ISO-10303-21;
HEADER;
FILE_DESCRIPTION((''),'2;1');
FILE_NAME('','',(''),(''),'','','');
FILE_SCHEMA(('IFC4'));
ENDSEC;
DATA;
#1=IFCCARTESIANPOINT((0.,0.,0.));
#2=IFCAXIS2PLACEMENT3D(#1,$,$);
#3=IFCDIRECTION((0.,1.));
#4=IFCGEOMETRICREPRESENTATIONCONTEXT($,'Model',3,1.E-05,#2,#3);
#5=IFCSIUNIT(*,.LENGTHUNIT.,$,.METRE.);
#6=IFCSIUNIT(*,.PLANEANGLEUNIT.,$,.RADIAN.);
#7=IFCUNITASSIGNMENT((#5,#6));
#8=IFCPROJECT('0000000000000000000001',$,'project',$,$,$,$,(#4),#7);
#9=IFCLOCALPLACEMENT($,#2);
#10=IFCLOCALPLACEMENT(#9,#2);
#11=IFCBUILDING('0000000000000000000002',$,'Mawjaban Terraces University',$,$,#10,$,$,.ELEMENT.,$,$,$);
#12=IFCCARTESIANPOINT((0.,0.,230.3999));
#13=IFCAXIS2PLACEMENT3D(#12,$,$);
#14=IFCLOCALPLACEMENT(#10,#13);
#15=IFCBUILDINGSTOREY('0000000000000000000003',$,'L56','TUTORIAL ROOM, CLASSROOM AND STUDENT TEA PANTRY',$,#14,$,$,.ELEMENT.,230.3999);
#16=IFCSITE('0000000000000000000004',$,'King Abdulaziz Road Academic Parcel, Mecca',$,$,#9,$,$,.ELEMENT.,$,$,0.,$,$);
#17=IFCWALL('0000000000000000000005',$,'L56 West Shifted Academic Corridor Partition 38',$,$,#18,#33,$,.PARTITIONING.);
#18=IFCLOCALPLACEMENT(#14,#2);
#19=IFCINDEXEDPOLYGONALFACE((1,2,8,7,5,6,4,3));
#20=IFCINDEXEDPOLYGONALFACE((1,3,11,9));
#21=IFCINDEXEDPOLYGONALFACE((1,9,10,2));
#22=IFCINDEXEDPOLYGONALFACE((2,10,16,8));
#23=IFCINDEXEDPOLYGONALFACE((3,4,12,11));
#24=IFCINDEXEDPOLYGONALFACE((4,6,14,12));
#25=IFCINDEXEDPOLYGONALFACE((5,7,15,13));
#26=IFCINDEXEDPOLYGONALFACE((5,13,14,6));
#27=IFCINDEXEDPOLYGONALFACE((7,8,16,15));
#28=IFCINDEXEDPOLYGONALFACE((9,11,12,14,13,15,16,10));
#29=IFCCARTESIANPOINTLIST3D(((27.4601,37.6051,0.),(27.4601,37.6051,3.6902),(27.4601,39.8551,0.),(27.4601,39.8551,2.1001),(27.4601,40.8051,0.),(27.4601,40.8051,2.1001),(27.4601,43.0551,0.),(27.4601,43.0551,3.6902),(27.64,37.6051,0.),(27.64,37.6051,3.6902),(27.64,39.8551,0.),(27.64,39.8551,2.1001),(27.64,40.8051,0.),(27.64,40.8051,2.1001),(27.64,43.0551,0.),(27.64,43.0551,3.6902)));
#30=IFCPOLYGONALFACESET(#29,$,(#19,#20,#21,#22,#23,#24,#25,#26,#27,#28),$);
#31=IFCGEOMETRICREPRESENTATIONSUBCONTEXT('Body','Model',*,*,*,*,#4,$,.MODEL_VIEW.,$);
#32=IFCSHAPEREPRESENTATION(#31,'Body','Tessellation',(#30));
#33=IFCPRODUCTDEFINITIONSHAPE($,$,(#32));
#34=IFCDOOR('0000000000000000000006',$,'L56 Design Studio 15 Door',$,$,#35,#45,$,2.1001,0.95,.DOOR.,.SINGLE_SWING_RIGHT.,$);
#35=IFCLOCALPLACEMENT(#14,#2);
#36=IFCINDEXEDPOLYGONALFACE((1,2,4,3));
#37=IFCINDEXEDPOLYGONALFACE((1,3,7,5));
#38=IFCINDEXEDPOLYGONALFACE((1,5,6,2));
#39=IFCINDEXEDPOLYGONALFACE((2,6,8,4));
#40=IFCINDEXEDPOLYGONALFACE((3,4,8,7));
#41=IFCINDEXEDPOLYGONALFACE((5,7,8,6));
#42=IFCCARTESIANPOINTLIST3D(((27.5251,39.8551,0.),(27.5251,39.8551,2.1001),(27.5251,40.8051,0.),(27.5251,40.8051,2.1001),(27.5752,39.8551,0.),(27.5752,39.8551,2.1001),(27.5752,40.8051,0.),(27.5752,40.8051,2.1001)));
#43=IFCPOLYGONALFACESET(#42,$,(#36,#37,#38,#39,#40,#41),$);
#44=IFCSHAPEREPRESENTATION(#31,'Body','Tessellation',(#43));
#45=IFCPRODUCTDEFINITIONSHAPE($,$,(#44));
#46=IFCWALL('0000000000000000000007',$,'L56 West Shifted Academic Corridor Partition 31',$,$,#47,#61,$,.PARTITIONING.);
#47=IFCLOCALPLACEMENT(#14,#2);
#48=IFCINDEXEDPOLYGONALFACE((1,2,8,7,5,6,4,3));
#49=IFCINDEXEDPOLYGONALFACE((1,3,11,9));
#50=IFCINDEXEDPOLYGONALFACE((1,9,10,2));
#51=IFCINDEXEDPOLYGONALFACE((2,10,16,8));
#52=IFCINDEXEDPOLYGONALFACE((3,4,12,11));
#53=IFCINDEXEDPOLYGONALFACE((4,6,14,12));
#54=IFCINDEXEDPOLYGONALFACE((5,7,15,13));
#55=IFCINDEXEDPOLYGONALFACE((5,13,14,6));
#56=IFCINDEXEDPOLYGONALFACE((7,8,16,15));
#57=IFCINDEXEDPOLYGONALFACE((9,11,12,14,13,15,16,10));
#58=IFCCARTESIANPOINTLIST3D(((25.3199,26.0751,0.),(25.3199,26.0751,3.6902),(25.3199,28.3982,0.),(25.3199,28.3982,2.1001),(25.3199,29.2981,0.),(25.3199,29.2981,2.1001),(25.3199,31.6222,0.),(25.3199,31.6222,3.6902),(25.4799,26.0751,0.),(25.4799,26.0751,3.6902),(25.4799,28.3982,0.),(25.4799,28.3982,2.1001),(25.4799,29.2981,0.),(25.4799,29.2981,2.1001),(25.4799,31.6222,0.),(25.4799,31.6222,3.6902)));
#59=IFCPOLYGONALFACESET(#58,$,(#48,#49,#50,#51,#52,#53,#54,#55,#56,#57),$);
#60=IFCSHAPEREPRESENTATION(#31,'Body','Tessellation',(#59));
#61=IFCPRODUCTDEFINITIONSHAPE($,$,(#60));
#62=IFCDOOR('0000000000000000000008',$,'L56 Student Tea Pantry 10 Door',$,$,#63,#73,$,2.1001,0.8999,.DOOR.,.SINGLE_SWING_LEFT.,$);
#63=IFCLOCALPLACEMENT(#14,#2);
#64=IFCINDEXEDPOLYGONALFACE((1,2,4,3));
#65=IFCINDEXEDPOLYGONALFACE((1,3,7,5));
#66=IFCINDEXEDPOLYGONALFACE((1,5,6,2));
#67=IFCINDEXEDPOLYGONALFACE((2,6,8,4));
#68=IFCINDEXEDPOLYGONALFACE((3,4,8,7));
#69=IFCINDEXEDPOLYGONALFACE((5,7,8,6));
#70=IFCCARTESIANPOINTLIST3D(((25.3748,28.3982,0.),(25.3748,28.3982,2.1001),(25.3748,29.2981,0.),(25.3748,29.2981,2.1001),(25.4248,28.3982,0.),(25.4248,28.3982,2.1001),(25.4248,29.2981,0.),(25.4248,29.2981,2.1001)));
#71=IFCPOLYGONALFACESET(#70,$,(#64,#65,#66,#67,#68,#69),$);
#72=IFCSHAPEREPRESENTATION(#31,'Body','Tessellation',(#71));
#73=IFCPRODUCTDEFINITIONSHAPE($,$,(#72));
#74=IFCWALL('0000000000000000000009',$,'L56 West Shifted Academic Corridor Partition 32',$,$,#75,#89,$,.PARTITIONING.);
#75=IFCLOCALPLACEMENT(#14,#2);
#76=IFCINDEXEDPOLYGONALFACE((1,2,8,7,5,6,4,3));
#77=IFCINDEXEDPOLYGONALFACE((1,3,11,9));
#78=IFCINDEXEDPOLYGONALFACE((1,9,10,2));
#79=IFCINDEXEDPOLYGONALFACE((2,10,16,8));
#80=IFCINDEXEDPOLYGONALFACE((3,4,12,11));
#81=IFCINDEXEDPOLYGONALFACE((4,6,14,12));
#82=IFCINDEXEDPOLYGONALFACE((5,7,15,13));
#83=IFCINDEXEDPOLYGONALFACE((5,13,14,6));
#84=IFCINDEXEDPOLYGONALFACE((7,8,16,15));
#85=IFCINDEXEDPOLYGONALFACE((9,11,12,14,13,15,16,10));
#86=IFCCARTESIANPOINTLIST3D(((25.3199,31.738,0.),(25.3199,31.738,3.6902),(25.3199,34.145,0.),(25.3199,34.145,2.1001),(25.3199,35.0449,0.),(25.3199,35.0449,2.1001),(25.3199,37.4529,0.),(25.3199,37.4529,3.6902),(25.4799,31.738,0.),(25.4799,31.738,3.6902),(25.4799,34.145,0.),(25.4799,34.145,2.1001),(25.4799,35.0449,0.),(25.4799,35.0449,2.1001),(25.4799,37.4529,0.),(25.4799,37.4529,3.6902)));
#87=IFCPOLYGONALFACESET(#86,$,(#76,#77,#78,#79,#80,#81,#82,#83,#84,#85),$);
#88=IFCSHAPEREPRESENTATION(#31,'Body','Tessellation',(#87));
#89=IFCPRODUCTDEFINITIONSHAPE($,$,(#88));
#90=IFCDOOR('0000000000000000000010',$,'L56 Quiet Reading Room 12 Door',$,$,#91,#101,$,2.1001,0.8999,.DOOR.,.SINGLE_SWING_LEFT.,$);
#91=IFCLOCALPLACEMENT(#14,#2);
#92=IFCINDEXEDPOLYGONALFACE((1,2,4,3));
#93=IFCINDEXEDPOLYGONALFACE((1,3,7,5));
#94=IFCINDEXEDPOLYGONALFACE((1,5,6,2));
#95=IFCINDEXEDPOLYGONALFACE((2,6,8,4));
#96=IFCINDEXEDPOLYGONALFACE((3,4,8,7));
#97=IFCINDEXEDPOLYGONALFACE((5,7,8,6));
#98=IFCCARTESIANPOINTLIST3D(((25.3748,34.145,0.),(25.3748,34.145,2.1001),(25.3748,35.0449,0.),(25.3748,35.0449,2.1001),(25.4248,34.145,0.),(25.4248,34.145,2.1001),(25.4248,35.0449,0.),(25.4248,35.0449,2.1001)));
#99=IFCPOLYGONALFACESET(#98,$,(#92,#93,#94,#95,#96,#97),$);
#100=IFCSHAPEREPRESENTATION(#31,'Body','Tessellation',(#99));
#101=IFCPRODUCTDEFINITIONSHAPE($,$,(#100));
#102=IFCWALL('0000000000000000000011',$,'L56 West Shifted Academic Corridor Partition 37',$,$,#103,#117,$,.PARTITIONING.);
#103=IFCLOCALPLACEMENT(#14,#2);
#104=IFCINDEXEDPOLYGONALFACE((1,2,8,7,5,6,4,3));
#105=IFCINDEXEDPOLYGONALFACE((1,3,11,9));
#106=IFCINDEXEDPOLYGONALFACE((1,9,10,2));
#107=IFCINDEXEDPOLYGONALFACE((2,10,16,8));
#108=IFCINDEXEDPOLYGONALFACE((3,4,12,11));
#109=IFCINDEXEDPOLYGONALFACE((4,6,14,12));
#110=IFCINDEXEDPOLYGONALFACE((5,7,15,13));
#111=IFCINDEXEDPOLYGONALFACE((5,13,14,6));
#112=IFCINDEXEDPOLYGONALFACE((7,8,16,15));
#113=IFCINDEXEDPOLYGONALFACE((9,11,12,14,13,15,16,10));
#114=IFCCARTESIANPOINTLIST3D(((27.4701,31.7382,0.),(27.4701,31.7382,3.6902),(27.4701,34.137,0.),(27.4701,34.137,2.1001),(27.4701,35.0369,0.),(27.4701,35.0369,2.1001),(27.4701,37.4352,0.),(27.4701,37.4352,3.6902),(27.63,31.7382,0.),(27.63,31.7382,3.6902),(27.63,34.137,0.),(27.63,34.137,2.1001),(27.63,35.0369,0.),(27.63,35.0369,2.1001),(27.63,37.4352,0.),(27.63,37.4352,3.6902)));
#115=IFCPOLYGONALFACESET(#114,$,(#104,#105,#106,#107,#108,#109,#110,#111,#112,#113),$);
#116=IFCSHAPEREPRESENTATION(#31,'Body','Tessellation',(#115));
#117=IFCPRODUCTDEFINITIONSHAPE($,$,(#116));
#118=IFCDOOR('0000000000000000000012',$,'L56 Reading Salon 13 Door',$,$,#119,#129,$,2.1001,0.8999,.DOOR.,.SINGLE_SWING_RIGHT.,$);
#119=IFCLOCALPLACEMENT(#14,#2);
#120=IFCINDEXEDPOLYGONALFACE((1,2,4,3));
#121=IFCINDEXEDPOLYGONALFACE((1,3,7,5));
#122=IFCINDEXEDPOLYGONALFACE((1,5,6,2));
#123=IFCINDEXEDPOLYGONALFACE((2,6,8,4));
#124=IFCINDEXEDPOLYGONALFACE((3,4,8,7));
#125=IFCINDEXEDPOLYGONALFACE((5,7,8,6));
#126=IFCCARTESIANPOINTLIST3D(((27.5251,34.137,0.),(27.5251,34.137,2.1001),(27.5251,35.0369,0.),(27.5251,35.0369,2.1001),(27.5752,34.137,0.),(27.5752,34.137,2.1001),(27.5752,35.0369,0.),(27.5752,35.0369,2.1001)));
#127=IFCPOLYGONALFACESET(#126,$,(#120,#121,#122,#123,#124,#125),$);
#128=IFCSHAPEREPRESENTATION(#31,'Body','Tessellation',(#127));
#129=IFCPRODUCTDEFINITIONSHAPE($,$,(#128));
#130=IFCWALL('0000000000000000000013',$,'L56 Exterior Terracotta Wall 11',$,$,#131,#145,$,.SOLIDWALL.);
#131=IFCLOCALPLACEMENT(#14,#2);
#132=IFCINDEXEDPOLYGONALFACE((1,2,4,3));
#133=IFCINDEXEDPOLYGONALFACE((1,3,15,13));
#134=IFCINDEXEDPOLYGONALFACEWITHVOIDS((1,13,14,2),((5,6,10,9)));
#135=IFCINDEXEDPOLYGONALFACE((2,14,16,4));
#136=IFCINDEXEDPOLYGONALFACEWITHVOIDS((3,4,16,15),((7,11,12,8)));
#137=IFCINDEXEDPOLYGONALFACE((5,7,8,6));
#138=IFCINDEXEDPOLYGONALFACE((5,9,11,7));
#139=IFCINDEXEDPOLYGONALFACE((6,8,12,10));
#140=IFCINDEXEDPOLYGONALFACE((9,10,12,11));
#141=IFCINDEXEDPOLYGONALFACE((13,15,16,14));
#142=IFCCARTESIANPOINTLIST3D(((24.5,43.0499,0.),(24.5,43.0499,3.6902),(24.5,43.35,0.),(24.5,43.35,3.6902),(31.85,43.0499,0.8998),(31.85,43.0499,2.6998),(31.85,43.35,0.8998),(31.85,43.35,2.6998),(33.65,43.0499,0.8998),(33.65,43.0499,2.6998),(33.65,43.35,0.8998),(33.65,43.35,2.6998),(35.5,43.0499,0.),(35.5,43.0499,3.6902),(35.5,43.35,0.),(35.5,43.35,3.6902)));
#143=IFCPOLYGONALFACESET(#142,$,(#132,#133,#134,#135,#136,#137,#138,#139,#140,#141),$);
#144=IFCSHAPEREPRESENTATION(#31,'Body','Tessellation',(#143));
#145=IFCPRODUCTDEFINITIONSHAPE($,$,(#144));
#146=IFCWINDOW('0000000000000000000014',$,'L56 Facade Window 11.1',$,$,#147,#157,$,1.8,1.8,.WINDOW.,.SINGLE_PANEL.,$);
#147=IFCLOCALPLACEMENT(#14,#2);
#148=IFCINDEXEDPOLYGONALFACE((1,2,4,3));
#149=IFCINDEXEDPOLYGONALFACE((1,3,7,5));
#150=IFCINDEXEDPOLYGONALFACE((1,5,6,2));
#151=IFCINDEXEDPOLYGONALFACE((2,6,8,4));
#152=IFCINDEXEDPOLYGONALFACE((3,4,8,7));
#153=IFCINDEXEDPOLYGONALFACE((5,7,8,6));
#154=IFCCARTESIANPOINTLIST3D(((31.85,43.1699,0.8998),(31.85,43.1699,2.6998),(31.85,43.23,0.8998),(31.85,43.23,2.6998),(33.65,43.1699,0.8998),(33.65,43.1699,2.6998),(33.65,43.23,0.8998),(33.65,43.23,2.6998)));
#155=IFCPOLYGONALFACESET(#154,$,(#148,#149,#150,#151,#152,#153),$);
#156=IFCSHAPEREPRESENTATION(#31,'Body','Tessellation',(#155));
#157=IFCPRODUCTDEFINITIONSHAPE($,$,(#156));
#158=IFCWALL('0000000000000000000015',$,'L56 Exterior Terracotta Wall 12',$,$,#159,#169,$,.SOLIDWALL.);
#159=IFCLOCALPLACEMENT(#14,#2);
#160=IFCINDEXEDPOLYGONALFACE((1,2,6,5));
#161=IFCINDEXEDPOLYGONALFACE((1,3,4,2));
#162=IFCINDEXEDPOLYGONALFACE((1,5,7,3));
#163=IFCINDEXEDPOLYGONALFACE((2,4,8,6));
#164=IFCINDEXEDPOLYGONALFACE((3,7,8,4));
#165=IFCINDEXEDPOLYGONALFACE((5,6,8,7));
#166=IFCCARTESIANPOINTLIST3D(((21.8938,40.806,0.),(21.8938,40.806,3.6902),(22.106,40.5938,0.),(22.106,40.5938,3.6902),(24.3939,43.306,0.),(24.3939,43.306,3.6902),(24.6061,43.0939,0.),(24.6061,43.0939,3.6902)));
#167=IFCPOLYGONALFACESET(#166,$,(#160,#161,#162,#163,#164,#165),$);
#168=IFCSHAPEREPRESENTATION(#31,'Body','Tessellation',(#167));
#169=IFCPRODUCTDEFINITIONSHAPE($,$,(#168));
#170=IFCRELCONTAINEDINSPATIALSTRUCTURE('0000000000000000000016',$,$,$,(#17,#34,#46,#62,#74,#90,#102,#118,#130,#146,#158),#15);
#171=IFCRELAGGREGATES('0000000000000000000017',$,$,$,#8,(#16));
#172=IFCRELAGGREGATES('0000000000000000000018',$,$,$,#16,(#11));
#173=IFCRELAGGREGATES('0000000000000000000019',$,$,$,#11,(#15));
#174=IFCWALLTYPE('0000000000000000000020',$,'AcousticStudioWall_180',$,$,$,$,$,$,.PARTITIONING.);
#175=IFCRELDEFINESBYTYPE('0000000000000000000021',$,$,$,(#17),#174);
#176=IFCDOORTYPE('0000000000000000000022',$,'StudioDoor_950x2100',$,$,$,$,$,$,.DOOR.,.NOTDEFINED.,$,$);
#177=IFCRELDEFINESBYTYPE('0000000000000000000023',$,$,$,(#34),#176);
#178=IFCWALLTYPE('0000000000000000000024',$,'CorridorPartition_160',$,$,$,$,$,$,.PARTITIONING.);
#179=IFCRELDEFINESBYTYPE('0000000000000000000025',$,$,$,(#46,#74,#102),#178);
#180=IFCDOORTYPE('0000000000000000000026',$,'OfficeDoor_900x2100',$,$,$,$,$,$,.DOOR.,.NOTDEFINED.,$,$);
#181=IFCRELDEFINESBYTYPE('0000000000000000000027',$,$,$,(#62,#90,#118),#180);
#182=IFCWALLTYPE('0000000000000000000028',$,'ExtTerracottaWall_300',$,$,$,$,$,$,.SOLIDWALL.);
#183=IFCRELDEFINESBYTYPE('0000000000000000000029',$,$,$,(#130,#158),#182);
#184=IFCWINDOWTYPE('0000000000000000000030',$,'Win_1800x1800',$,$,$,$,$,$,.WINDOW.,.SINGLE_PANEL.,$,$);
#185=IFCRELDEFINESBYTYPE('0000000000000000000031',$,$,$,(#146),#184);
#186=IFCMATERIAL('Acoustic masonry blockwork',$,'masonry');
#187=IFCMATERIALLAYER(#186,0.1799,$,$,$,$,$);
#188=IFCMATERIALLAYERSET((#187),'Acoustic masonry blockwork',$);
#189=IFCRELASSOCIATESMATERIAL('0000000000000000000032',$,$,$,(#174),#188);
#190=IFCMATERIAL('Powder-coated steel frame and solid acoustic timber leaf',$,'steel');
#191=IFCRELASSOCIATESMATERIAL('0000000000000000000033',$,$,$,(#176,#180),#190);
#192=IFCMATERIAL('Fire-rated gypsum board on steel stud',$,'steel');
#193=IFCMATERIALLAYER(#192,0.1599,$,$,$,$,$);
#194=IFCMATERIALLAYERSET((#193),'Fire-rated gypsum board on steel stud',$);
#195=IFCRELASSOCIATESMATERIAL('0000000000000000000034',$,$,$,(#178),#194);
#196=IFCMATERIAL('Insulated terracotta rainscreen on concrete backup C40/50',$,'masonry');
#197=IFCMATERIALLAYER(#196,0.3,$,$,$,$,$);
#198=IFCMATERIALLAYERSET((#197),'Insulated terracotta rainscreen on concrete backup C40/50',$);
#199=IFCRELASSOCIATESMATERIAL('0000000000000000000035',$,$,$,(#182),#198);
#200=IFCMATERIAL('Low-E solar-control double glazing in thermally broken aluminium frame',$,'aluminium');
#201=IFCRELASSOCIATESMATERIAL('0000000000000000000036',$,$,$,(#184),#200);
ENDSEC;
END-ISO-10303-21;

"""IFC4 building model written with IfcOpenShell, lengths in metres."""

from ifc_helpers import new_model, si_unit, direction, frame, frame_2d, origin, place, context, subcontext, project, spatial, rectangle, extrude, material, layer, layer_set, type_object, element, fill, save


model = new_model("IFC4")

# Units and contexts
model_context = context("Model", 3, precision=1e-05, world=origin(), true_north=direction((0.0, 1.0)))
body_context = subcontext(model_context, "Body", "Model", "MODEL_VIEW")
ifc_project = project(units=[si_unit("LENGTHUNIT", "METRE"), si_unit("PLANEANGLEUNIT", "RADIAN")], contexts=[model_context])

# Site, building, storey
site_placement = place(None, origin())
site = spatial("IfcSite", under=ifc_project, at=site_placement, Name="King Abdulaziz Road Academic Parcel, Mecca", CompositionType="ELEMENT", RefElevation=0.0)
building_placement = place(site_placement, origin())
building = spatial("IfcBuilding", under=site, at=building_placement, Name="Mawjaban Terraces University", CompositionType="ELEMENT")
storey_placement = place(building_placement, frame((0.0, 0.0, 230.3999)))
storey = spatial("IfcBuildingStorey", under=building, at=storey_placement, Name="L56", Description="TUTORIAL ROOM, CLASSROOM AND STUDENT TEA PANTRY", CompositionType="ELEMENT", Elevation=230.3999)

# Walls, openings, doors
ifc_material_1 = material(Name="Acoustic masonry blockwork", Category="masonry")
ifc_layer_1 = layer(ifc_material_1, 0.1799)
ifc_layer_set_1 = layer_set([ifc_layer_1], Name="Acoustic masonry blockwork")
wall_type_1 = type_object("IfcWallType", Name="AcousticStudioWall_180", PredefinedType="PARTITIONING", material=ifc_layer_set_1)
wall_1_placement = place(storey_placement, frame((27.55, 37.605, 0.0), z_axis=(0.0, 0.0, 1.0), x_axis=(0.0, 1.0, 0.0)))
wall_1 = element("IfcWall", 1, at=wall_1_placement, inside=storey, type_object=wall_type_1, Name="L56 West Shifted Academic Corridor Partition 38", PredefinedType="PARTITIONING", context=body_context, shape_type="SweptSolid", body=[
    extrude(rectangle(XDim=5.45, YDim=0.1799, at=frame_2d((2.7251, 0.0))), origin(), (0.0, 0.0, 1.0), 3.6902),
])
opening_1_placement = place(wall_1_placement, frame((2.25, 0.0, 0.0)))
opening_1 = element("IfcOpeningElement", 2, at=opening_1_placement, cuts=wall_1, PredefinedType="OPENING", context=body_context, shape_type="SweptSolid", body=[
    extrude(rectangle(XDim=0.95, YDim=2.1001, at=frame_2d((0.4751, 1.05))), frame((0.0, 0.0999, 0.0), z_axis=(0.0, -1.0, 0.0), x_axis=(1.0, 0.0, 0.0)), (0.0, 0.0, 1.0), 0.2),
])
ifc_material_2 = material(Name="Powder-coated steel frame and solid acoustic timber leaf", Category="steel")
door_type_1 = type_object("IfcDoorType", Name="StudioDoor_950x2100", OperationType="NOTDEFINED", PredefinedType="DOOR", material=ifc_material_2)
door_1_placement = place(opening_1_placement, origin())
door_1 = element("IfcDoor", 3, at=door_1_placement, inside=storey, type_object=door_type_1, Name="L56 Design Studio 15 Door", OperationType="SINGLE_SWING_RIGHT", OverallHeight=2.1001, OverallWidth=0.95, PredefinedType="DOOR", context=body_context, shape_type="SweptSolid", body=[
    extrude(rectangle(XDim=0.95, YDim=2.1001, at=frame_2d((0.4751, 1.05))), frame((0.0, 0.0249, 0.0), z_axis=(0.0, -1.0, 0.0), x_axis=(1.0, 0.0, 0.0)), (0.0, 0.0, 1.0), 0.05),
])
fill(opening_1, door_1)
ifc_material_3 = material(Name="Fire-rated gypsum board on steel stud", Category="steel")
ifc_layer_2 = layer(ifc_material_3, 0.1599)
ifc_layer_set_2 = layer_set([ifc_layer_2], Name="Fire-rated gypsum board on steel stud")
wall_type_2 = type_object("IfcWallType", Name="CorridorPartition_160", PredefinedType="PARTITIONING", material=ifc_layer_set_2)
wall_2_placement = place(storey_placement, frame((25.3999, 31.6221, 0.0), z_axis=(0.0, 0.0, 1.0), x_axis=(0.0, -1.0, 0.0)))
wall_2 = element("IfcWall", 4, at=wall_2_placement, inside=storey, type_object=wall_type_2, Name="L56 West Shifted Academic Corridor Partition 31", PredefinedType="PARTITIONING", context=body_context, shape_type="SweptSolid", body=[
    extrude(rectangle(XDim=5.5471, YDim=0.1599, at=frame_2d((2.7734, 0.0))), origin(), (0.0, 0.0, 1.0), 3.6902),
])
opening_2_placement = place(wall_2_placement, frame((2.324, 0.0, 0.0)))
opening_2 = element("IfcOpeningElement", 5, at=opening_2_placement, cuts=wall_2, PredefinedType="OPENING", context=body_context, shape_type="SweptSolid", body=[
    extrude(rectangle(XDim=0.8999, YDim=2.1001, at=frame_2d((0.45, 1.05))), frame((0.0, 0.0898, 0.0), z_axis=(0.0, -1.0, 0.0), x_axis=(1.0, 0.0, 0.0)), (0.0, 0.0, 1.0), 0.1799),
])
door_type_2 = type_object("IfcDoorType", Name="OfficeDoor_900x2100", OperationType="NOTDEFINED", PredefinedType="DOOR", material=ifc_material_2)
door_2_placement = place(opening_2_placement, origin())
door_2 = element("IfcDoor", 6, at=door_2_placement, inside=storey, type_object=door_type_2, Name="L56 Student Tea Pantry 10 Door", OperationType="SINGLE_SWING_LEFT", OverallHeight=2.1001, OverallWidth=0.8999, PredefinedType="DOOR", context=body_context, shape_type="SweptSolid", body=[
    extrude(rectangle(XDim=0.8999, YDim=2.1001, at=frame_2d((0.45, 1.05))), frame((0.0, 0.0249, 0.0), z_axis=(0.0, -1.0, 0.0), x_axis=(1.0, 0.0, 0.0)), (0.0, 0.0, 1.0), 0.05),
])
fill(opening_2, door_2)
wall_3_placement = place(storey_placement, frame((25.3999, 37.4529, 0.0), z_axis=(0.0, 0.0, 1.0), x_axis=(0.0, -1.0, 0.0)))
wall_3 = element("IfcWall", 7, at=wall_3_placement, inside=storey, type_object=wall_type_2, Name="L56 West Shifted Academic Corridor Partition 32", PredefinedType="PARTITIONING", context=body_context, shape_type="SweptSolid", body=[
    extrude(rectangle(XDim=5.7148, YDim=0.1599, at=frame_2d((2.8574, 0.0))), origin(), (0.0, 0.0, 1.0), 3.6902),
])
opening_3_placement = place(wall_3_placement, frame((2.408, 0.0, 0.0)))
opening_3 = element("IfcOpeningElement", 8, at=opening_3_placement, cuts=wall_3, PredefinedType="OPENING", context=body_context, shape_type="SweptSolid", body=[
    extrude(rectangle(XDim=0.8999, YDim=2.1001, at=frame_2d((0.45, 1.05))), frame((0.0, 0.0898, 0.0), z_axis=(0.0, -1.0, 0.0), x_axis=(1.0, 0.0, 0.0)), (0.0, 0.0, 1.0), 0.1799),
])
door_3_placement = place(opening_3_placement, origin())
door_3 = element("IfcDoor", 9, at=door_3_placement, inside=storey, type_object=door_type_2, Name="L56 Quiet Reading Room 12 Door", OperationType="SINGLE_SWING_LEFT", OverallHeight=2.1001, OverallWidth=0.8999, PredefinedType="DOOR", context=body_context, shape_type="SweptSolid", body=[
    extrude(rectangle(XDim=0.8999, YDim=2.1001, at=frame_2d((0.45, 1.05))), frame((0.0, 0.0249, 0.0), z_axis=(0.0, -1.0, 0.0), x_axis=(1.0, 0.0, 0.0)), (0.0, 0.0, 1.0), 0.05),
])
fill(opening_3, door_3)
wall_4_placement = place(storey_placement, frame((27.55, 31.738, 0.0), z_axis=(0.0, 0.0, 1.0), x_axis=(0.0, 1.0, 0.0)))
wall_4 = element("IfcWall", 10, at=wall_4_placement, inside=storey, type_object=wall_type_2, Name="L56 West Shifted Academic Corridor Partition 37", PredefinedType="PARTITIONING", context=body_context, shape_type="SweptSolid", body=[
    extrude(rectangle(XDim=5.697, YDim=0.1599, at=frame_2d((2.8486, 0.0))), origin(), (0.0, 0.0, 1.0), 3.6902),
])
opening_4_placement = place(wall_4_placement, frame((2.3989, 0.0, 0.0)))
opening_4 = element("IfcOpeningElement", 11, at=opening_4_placement, cuts=wall_4, PredefinedType="OPENING", context=body_context, shape_type="SweptSolid", body=[
    extrude(rectangle(XDim=0.8999, YDim=2.1001, at=frame_2d((0.45, 1.05))), frame((0.0, 0.0898, 0.0), z_axis=(0.0, -1.0, 0.0), x_axis=(1.0, 0.0, 0.0)), (0.0, 0.0, 1.0), 0.1799),
])
door_4_placement = place(opening_4_placement, origin())
door_4 = element("IfcDoor", 12, at=door_4_placement, inside=storey, type_object=door_type_2, Name="L56 Reading Salon 13 Door", OperationType="SINGLE_SWING_RIGHT", OverallHeight=2.1001, OverallWidth=0.8999, PredefinedType="DOOR", context=body_context, shape_type="SweptSolid", body=[
    extrude(rectangle(XDim=0.8999, YDim=2.1001, at=frame_2d((0.45, 1.05))), frame((0.0, 0.0249, 0.0), z_axis=(0.0, -1.0, 0.0), x_axis=(1.0, 0.0, 0.0)), (0.0, 0.0, 1.0), 0.05),
])
fill(opening_4, door_4)

# Wall, opening, window
ifc_material_4 = material(Name="Insulated terracotta rainscreen on concrete backup C40/50", Category="masonry")
ifc_layer_3 = layer(ifc_material_4, 0.3)
ifc_layer_set_3 = layer_set([ifc_layer_3], Name="Insulated terracotta rainscreen on concrete backup C40/50")
wall_type_3 = type_object("IfcWallType", Name="ExtTerracottaWall_300", PredefinedType="SOLIDWALL", material=ifc_layer_set_3)
wall_5_placement = place(storey_placement, frame((35.5, 43.2, 0.0), z_axis=(0.0, 0.0, 1.0), x_axis=(-1.0, 0.0, 0.0)))
wall_5 = element("IfcWall", 13, at=wall_5_placement, inside=storey, type_object=wall_type_3, Name="L56 Exterior Terracotta Wall 11", PredefinedType="SOLIDWALL", context=body_context, shape_type="SweptSolid", body=[
    extrude(rectangle(XDim=11.0, YDim=0.3, at=frame_2d((5.5, 0.0))), origin(), (0.0, 0.0, 1.0), 3.6902),
])
opening_5_placement = place(wall_5_placement, frame((1.8501, 0.0, 0.8999)))
opening_5 = element("IfcOpeningElement", 14, at=opening_5_placement, cuts=wall_5, PredefinedType="OPENING", context=body_context, shape_type="SweptSolid", body=[
    extrude(rectangle(XDim=1.8, YDim=1.8, at=frame_2d((0.8999, 0.8999))), frame((0.0, 0.1599, 0.0), z_axis=(0.0, -1.0, 0.0), x_axis=(1.0, 0.0, 0.0)), (0.0, 0.0, 1.0), 0.3201),
])
ifc_material_5 = material(Name="Low-E solar-control double glazing in thermally broken aluminium frame", Category="aluminium")
window_type = type_object("IfcWindowType", Name="Win_1800x1800", PartitioningType="SINGLE_PANEL", PredefinedType="WINDOW", material=ifc_material_5)
window_placement = place(opening_5_placement, origin())
window = element("IfcWindow", 15, at=window_placement, inside=storey, type_object=window_type, Name="L56 Facade Window 11.1", OverallHeight=1.8, OverallWidth=1.8, PartitioningType="SINGLE_PANEL", PredefinedType="WINDOW", context=body_context, shape_type="SweptSolid", body=[
    extrude(rectangle(XDim=1.8, YDim=1.8, at=frame_2d((0.8999, 0.8999))), frame((0.0, 0.03, 0.0), z_axis=(0.0, -1.0, 0.0), x_axis=(1.0, 0.0, 0.0)), (0.0, 0.0, 1.0), 0.0601),
])
fill(opening_5, window)

# Wall
wall_6_placement = place(storey_placement, frame((24.5, 43.2, 0.0), z_axis=(0.0, 0.0, 1.0), x_axis=(-0.707107, -0.707107, 0.0)))
element("IfcWall", 16, at=wall_6_placement, inside=storey, type_object=wall_type_3, Name="L56 Exterior Terracotta Wall 12", PredefinedType="SOLIDWALL", context=body_context, shape_type="SweptSolid", body=[
    extrude(rectangle(XDim=3.5356, YDim=0.3, at=frame_2d((1.7678, 0.0))), origin(), (0.0, 0.0, 1.0), 3.6902),
])

save(model, "model.ifc")
